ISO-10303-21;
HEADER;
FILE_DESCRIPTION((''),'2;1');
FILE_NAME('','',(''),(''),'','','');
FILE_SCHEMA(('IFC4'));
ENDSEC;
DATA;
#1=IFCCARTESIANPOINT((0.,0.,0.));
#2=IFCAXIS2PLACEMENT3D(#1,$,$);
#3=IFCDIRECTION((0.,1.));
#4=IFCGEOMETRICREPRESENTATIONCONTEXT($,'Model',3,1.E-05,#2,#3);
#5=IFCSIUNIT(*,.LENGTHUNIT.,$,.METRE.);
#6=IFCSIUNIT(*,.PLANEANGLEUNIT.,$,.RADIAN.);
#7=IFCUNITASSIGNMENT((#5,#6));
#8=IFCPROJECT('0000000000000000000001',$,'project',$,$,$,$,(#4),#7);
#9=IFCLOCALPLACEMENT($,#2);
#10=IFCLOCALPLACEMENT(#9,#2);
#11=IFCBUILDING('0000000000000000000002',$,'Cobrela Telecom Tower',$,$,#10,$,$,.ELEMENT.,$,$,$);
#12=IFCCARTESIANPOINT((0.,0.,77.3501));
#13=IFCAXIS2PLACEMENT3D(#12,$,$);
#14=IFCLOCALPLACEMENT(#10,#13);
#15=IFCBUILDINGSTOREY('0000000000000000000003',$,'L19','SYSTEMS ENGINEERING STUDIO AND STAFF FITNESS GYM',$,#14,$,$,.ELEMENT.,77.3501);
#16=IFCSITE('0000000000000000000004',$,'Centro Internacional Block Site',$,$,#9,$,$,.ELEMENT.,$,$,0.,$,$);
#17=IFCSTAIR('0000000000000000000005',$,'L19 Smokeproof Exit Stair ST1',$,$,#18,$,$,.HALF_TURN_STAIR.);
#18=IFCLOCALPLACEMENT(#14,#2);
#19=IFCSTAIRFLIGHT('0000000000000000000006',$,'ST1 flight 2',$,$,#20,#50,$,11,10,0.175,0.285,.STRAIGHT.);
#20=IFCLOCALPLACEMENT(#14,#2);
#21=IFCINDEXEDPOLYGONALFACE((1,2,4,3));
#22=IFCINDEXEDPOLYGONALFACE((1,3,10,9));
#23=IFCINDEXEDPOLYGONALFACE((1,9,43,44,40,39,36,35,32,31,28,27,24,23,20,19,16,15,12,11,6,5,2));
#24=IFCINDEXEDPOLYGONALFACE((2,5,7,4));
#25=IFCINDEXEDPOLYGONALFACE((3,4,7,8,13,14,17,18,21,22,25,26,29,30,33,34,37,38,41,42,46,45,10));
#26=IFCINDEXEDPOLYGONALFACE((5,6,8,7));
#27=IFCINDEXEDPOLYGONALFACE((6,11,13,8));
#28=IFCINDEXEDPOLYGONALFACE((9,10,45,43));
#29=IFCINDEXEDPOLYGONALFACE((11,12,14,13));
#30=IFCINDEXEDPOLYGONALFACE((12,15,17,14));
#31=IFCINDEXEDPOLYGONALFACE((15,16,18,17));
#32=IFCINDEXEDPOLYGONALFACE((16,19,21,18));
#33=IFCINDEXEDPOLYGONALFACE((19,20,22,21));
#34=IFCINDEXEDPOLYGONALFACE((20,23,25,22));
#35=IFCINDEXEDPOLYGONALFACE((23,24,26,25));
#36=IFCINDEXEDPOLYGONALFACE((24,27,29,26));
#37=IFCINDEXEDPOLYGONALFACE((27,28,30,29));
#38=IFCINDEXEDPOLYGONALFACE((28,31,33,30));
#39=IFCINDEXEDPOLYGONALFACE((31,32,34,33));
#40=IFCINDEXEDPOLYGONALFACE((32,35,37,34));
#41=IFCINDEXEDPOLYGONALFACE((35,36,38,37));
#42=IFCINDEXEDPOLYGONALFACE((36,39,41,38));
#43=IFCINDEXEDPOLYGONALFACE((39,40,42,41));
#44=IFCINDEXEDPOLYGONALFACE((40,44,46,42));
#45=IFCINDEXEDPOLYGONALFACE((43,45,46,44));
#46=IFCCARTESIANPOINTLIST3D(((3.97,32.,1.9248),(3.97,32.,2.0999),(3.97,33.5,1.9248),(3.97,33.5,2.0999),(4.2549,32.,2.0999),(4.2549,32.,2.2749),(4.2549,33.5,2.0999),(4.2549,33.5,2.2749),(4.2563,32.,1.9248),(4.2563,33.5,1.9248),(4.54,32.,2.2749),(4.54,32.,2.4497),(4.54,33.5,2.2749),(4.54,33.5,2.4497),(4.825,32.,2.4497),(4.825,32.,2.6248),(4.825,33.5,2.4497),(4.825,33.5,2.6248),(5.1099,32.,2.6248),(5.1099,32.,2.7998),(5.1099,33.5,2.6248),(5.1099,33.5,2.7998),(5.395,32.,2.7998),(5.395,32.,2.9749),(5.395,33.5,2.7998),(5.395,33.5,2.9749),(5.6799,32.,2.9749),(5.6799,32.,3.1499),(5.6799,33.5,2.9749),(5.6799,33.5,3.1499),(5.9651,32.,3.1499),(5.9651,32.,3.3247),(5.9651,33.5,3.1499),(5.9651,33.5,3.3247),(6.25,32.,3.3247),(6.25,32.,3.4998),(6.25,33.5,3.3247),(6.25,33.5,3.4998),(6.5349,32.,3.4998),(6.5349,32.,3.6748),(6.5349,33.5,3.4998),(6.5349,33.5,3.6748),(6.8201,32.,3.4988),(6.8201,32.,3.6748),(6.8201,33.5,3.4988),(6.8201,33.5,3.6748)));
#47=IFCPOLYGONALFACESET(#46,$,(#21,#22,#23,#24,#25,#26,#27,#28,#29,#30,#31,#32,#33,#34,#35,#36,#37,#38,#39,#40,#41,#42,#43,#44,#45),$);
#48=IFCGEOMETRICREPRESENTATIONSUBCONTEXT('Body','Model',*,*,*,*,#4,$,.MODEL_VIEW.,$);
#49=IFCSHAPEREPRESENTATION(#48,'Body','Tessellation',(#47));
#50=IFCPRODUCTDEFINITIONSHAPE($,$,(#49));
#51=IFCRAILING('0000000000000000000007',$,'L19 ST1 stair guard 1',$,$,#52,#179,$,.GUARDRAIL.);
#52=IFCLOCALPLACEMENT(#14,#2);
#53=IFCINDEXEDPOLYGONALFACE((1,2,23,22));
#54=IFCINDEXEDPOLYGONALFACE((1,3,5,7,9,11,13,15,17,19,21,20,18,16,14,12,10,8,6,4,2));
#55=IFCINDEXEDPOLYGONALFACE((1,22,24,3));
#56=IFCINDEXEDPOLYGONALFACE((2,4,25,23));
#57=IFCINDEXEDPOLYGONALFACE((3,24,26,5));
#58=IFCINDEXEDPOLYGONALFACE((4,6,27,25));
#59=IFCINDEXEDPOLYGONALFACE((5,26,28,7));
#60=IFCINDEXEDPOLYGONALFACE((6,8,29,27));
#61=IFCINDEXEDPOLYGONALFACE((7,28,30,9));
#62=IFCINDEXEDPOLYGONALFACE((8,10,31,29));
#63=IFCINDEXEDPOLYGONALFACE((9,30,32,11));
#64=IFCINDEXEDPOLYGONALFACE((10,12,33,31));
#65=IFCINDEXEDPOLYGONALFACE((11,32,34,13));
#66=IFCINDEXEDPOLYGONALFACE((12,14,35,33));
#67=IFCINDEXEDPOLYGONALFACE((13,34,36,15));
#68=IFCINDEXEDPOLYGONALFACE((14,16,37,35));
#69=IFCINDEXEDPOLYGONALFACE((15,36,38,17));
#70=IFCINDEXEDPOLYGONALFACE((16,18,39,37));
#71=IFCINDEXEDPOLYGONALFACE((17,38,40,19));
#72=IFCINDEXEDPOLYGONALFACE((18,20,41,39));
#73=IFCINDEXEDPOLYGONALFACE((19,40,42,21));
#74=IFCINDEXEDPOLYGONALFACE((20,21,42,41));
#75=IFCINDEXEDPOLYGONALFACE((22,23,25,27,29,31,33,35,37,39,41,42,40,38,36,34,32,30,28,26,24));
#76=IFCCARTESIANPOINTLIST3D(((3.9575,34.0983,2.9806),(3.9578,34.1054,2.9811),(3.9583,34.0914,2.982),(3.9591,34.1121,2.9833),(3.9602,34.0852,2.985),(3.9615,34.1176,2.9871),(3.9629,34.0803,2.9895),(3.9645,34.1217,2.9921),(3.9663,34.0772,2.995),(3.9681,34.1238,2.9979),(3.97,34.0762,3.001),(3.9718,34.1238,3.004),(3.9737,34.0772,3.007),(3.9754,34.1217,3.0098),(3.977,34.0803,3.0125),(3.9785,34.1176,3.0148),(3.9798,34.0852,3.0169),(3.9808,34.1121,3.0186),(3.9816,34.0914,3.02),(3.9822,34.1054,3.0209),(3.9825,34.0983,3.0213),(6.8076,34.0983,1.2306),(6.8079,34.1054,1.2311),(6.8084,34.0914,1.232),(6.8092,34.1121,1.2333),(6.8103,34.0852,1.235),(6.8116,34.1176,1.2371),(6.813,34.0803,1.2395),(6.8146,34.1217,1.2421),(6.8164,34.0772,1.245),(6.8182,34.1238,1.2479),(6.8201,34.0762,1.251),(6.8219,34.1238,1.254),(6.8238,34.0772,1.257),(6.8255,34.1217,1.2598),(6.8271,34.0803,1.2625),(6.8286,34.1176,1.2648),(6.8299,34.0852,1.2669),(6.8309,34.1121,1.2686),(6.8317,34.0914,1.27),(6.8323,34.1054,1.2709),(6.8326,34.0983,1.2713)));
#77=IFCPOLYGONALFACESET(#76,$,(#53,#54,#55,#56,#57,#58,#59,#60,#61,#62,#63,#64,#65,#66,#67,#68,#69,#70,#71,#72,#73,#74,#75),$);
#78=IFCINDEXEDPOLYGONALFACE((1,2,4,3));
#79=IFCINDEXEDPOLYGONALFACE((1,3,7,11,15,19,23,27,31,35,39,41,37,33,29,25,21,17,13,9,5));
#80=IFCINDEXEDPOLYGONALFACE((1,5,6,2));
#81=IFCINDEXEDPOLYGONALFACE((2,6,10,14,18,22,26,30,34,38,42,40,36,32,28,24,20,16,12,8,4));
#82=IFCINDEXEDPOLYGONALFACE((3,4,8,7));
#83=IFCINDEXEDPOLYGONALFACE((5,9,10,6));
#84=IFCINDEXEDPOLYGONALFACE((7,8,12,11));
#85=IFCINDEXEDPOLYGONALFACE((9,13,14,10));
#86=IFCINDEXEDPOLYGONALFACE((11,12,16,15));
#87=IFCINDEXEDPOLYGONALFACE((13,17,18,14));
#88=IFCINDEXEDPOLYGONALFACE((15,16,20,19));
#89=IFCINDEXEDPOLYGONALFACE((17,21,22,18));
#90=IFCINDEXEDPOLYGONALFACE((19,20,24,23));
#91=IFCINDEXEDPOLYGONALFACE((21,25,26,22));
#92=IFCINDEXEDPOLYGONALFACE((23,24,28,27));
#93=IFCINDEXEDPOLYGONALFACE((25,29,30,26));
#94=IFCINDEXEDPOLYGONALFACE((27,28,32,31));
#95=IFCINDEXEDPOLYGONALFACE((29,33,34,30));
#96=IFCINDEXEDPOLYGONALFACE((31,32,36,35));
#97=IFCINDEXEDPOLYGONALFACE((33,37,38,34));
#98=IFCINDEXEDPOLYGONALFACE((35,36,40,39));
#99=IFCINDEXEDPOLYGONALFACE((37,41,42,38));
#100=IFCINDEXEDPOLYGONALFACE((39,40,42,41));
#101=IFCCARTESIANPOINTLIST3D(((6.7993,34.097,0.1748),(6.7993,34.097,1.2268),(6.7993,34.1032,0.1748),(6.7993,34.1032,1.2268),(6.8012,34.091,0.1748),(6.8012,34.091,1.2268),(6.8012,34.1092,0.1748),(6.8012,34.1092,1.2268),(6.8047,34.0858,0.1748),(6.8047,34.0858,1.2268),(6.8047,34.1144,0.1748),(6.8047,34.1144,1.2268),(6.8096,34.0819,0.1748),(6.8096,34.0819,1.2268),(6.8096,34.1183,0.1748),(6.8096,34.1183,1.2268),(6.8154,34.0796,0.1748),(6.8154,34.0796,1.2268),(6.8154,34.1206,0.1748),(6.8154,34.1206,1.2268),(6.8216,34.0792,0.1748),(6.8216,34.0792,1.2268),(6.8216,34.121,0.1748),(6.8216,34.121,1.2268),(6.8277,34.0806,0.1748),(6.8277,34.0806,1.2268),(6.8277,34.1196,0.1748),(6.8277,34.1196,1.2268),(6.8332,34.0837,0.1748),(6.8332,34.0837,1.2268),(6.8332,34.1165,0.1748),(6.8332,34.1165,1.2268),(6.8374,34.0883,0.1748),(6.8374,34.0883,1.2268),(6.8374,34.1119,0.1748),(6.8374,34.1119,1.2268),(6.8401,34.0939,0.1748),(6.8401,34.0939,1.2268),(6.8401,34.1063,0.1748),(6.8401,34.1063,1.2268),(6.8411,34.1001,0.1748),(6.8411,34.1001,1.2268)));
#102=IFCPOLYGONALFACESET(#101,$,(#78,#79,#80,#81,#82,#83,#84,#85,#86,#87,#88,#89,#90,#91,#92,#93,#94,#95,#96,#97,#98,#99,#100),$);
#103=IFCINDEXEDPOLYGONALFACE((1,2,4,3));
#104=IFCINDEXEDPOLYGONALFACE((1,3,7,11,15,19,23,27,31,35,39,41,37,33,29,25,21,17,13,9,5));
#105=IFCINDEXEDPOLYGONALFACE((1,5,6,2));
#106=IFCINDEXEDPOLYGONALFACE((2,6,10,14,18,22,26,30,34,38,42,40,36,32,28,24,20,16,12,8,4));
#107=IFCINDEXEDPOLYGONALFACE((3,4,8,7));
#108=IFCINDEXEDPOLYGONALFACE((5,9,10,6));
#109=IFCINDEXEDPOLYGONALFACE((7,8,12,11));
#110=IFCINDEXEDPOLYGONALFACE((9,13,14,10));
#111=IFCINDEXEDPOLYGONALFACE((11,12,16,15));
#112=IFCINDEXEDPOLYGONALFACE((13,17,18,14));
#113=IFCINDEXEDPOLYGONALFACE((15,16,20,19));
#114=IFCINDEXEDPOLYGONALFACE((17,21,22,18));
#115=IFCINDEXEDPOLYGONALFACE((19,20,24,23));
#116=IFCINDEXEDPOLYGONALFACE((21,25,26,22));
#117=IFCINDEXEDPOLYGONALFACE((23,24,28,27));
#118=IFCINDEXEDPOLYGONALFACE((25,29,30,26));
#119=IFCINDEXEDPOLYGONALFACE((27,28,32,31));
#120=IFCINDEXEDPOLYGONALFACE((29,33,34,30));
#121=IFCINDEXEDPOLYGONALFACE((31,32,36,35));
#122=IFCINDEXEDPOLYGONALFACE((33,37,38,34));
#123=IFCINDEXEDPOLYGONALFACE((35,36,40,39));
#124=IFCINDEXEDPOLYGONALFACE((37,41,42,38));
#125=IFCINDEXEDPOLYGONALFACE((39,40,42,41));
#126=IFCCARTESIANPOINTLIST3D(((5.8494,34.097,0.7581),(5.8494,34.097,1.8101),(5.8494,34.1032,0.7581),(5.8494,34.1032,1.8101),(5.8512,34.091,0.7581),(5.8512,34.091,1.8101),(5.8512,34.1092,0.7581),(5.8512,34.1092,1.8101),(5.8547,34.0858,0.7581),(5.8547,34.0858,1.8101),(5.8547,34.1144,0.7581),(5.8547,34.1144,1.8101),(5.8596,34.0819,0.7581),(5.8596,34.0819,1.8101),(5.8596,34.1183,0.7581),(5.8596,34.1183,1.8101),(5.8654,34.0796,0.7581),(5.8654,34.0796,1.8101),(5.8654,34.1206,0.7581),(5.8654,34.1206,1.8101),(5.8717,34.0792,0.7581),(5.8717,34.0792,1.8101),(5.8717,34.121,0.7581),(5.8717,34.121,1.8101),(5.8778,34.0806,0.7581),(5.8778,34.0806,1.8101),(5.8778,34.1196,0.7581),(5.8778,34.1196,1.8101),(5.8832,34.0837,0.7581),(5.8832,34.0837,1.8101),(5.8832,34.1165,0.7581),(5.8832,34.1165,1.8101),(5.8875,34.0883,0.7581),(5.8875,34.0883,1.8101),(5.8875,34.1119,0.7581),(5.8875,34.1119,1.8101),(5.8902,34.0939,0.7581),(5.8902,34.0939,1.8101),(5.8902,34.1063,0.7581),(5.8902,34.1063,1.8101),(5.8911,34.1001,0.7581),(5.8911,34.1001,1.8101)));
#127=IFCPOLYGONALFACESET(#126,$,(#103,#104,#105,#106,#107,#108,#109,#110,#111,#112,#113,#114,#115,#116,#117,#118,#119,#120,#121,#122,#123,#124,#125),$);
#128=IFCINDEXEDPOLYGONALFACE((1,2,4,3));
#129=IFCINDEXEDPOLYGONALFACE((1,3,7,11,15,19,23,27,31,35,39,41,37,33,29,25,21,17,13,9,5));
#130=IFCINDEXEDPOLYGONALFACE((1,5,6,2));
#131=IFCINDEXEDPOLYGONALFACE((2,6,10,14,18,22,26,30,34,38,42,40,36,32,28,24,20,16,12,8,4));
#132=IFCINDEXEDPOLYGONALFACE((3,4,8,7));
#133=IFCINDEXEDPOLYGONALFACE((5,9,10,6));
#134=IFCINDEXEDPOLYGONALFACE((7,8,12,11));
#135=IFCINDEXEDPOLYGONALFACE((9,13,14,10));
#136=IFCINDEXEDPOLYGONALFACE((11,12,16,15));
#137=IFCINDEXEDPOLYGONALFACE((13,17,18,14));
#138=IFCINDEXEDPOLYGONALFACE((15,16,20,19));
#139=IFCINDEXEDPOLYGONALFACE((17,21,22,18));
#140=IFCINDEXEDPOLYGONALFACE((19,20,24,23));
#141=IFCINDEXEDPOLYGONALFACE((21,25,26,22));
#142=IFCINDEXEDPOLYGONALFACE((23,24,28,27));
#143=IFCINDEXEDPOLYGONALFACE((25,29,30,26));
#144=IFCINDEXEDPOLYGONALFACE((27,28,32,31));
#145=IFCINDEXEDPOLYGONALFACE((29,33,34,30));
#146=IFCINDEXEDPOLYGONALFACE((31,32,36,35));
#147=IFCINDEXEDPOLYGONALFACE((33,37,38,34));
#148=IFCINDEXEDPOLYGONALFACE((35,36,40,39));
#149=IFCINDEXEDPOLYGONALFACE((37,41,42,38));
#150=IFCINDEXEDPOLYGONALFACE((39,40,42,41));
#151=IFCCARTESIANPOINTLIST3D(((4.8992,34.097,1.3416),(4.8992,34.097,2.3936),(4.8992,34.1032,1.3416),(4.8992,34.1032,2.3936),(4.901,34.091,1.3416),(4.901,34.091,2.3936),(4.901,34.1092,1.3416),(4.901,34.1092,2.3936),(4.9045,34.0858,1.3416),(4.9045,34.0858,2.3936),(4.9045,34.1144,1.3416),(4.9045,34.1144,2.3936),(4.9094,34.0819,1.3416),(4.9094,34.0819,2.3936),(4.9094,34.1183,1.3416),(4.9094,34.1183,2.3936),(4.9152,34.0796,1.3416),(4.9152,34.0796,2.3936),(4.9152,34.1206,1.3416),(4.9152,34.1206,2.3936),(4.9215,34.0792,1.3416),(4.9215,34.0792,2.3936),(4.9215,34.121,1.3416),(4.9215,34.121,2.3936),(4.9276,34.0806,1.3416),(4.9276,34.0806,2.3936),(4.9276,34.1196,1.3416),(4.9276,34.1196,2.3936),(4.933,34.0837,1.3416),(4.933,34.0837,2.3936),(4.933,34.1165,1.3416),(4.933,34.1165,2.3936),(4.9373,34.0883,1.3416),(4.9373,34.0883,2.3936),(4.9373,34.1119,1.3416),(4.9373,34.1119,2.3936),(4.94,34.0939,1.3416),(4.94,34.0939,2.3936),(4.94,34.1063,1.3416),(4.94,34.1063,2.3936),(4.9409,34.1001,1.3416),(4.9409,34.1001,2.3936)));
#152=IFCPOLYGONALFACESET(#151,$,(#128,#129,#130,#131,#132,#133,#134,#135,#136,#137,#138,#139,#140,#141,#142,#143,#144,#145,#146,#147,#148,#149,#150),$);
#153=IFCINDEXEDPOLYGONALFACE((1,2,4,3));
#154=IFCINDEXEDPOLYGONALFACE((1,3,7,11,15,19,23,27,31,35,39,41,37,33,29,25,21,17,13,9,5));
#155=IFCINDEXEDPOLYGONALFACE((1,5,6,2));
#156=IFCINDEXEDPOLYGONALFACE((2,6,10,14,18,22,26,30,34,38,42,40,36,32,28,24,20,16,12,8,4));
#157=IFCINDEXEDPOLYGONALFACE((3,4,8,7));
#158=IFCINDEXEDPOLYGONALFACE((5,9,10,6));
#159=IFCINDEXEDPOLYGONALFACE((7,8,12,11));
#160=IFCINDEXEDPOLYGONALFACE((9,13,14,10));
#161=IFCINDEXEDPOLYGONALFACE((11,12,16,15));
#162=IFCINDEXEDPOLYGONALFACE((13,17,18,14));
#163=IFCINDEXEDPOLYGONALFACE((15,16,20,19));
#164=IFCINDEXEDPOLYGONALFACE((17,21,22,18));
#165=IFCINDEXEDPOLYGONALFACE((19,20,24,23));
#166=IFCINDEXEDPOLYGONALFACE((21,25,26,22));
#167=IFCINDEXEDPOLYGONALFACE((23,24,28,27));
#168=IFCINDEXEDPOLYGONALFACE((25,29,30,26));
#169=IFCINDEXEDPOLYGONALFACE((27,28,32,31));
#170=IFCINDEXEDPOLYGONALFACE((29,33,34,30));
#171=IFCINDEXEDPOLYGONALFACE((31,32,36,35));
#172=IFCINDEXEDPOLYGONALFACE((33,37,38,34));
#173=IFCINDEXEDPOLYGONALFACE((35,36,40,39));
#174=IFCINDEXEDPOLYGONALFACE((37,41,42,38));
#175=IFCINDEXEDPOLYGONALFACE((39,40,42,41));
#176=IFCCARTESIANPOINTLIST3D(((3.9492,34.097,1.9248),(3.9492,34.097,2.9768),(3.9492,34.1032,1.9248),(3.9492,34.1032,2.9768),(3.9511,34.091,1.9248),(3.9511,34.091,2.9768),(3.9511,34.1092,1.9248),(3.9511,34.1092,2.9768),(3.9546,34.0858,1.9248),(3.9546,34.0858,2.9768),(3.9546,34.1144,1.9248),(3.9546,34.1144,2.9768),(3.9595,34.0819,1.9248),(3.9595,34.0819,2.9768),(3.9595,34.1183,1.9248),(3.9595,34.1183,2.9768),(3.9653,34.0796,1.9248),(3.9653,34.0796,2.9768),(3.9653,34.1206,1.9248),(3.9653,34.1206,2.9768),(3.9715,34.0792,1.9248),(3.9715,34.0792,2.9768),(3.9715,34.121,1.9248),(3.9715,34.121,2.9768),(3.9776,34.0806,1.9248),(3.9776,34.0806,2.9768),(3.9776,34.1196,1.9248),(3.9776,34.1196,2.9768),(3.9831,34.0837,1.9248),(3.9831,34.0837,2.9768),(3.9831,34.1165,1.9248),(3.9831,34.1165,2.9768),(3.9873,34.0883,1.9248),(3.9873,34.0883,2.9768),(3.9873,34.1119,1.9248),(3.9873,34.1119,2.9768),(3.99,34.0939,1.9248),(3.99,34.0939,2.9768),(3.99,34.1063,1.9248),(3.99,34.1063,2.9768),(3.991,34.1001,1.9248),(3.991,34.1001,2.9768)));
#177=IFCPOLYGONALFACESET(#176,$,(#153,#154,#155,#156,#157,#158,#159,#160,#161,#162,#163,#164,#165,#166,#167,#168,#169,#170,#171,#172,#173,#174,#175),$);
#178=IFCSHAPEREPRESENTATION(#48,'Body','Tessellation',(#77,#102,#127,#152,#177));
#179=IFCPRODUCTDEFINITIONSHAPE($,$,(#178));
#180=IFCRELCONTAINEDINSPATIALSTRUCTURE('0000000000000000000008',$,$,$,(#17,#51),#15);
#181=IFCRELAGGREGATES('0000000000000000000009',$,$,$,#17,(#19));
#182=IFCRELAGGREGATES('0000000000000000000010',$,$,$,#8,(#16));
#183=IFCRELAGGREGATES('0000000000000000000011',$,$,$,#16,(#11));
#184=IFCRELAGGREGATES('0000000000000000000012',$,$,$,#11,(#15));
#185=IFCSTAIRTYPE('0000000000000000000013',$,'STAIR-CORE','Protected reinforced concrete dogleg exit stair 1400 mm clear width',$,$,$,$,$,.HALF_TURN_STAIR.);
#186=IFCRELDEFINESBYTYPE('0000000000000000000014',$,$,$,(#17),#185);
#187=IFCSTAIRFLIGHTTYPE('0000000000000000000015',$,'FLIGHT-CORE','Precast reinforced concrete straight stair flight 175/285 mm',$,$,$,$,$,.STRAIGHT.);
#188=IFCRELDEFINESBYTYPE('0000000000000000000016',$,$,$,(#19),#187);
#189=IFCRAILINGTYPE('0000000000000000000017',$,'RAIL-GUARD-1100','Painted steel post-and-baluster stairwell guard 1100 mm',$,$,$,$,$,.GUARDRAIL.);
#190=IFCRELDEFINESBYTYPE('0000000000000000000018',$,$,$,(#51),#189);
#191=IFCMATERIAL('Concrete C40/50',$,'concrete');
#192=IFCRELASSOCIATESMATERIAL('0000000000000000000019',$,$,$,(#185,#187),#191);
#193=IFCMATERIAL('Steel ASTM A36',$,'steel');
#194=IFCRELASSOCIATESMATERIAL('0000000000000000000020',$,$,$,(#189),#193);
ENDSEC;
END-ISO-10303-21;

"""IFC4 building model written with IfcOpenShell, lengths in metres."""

from ifc_helpers import new_model, si_unit, direction, frame, origin, origin_2d, place, context, subcontext, project, spatial, polyline, circle, outline, extrude, material, type_object, element, aggregate, save


model = new_model("IFC4")

# Units and contexts
model_context = context("Model", 3, precision=1e-05, world=origin(), true_north=direction((0.0, 1.0)))
body_context = subcontext(model_context, "Body", "Model", "MODEL_VIEW")
ifc_project = project(units=[si_unit("LENGTHUNIT", "METRE"), si_unit("PLANEANGLEUNIT", "RADIAN")], contexts=[model_context])

# Site, building, storey
site_placement = place(None, origin())
site = spatial("IfcSite", under=ifc_project, at=site_placement, Name="Centro Internacional Block Site", CompositionType="ELEMENT", RefElevation=0.0)
building_placement = place(site_placement, origin())
building = spatial("IfcBuilding", under=site, at=building_placement, Name="Cobrela Telecom Tower", CompositionType="ELEMENT")
storey_placement = place(building_placement, frame((0.0, 0.0, 77.3501)))
storey = spatial("IfcBuildingStorey", under=building, at=storey_placement, Name="L19", Description="SYSTEMS ENGINEERING STUDIO AND STAFF FITNESS GYM", CompositionType="ELEMENT", Elevation=77.3501)

# Shared definitions
ifc_material_1 = material(Name="Steel ASTM A36", Category="steel")

# Shared definitions
ifc_material_2 = material(Name="Concrete C40/50", Category="concrete")

# Stair, stair flight
stair_type = type_object("IfcStairType", Name="STAIR-CORE", Description="Protected reinforced concrete dogleg exit stair 1400 mm clear width", PredefinedType="HALF_TURN_STAIR", material=ifc_material_2)
stair_placement = place(storey_placement, origin())
stair = element("IfcStair", 1, at=stair_placement, inside=storey, type_object=stair_type, Name="L19 Smokeproof Exit Stair ST1", PredefinedType="HALF_TURN_STAIR")
stair_flight_type = type_object("IfcStairFlightType", Name="FLIGHT-CORE", Description="Precast reinforced concrete straight stair flight 175/285 mm", PredefinedType="STRAIGHT", material=ifc_material_2)
stair_flight_1_placement = place(storey_placement, frame((3.97, 32.75, 1.9248), z_axis=(0.0, 0.0, 1.0), x_axis=(1.0, 0.0, 0.0)))
stair_flight_1 = element("IfcStairFlight", 2, at=stair_flight_1_placement, type_object=stair_flight_type, Name="ST1 flight 2", NumberOfRisers=11, NumberOfTreads=10, PredefinedType="STRAIGHT", RiserHeight=0.175, TreadLength=0.285, context=body_context, shape_type="SweptSolid", body=[
    extrude(outline(polyline([(0.0, 0.0), (0.0, 0.175), (0.2849, 0.175), (0.2849, 0.3501), (0.5701, 0.3501), (0.5701, 0.5249), (0.855, 0.5249), (0.855, 0.7), (1.1399, 0.7), (1.1399, 0.875), (1.425, 0.875), (1.425, 1.05), (1.71, 1.05), (1.71, 1.2251), (1.9951, 1.2251), (1.9951, 1.3999), (2.28, 1.3999), (2.28, 1.575), (2.5649, 1.575), (2.5649, 1.75), (2.8501, 1.75), (2.8501, 1.925), (2.8501, 1.574), (0.2864, 0.0), (0.0, 0.0)])), frame((0.0, 0.75, 0.0), z_axis=(0.0, -1.0, 0.0), x_axis=(1.0, 0.0, 0.0)), (0.0, 0.0, 1.0), 1.5),
])
aggregate(stair, [stair_flight_1])

# Railing
railing_type_1 = type_object("IfcRailingType", Name="RAIL-GUARD-1100", Description="Painted steel post-and-baluster stairwell guard 1100 mm", PredefinedType="GUARDRAIL", material=ifc_material_1)
railing_1_placement = place(storey_placement, frame((6.8201, 34.1001, 0.1748)))
element("IfcRailing", 3, at=railing_1_placement, inside=storey, type_object=railing_type_1, Name="L19 ST1 stair guard 1", PredefinedType="GUARDRAIL", context=body_context, shape_type="SweptSolid", body=[
    extrude(circle(Radius=0.0239, at=origin_2d()), frame((0.0, 0.0, 1.0762), z_axis=(-0.852179, 0.0, 0.52325), x_axis=(0.0, -1.0, 0.0)), (0.0, 0.0, 1.0), 3.3445),
    extrude(circle(Radius=0.021, at=origin_2d()), origin(), (0.0, 0.0, 1.0), 1.052),
    extrude(circle(Radius=0.021, at=origin_2d()), frame((-0.95, 0.0, 0.5833)), (0.0, 0.0, 1.0), 1.052),
    extrude(circle(Radius=0.021, at=origin_2d()), frame((-1.9001, 0.0, 1.1667)), (0.0, 0.0, 1.0), 1.052),
    extrude(circle(Radius=0.021, at=origin_2d()), frame((-2.8501, 0.0, 1.75)), (0.0, 0.0, 1.0), 1.052),
])

save(model, "model.ifc")
